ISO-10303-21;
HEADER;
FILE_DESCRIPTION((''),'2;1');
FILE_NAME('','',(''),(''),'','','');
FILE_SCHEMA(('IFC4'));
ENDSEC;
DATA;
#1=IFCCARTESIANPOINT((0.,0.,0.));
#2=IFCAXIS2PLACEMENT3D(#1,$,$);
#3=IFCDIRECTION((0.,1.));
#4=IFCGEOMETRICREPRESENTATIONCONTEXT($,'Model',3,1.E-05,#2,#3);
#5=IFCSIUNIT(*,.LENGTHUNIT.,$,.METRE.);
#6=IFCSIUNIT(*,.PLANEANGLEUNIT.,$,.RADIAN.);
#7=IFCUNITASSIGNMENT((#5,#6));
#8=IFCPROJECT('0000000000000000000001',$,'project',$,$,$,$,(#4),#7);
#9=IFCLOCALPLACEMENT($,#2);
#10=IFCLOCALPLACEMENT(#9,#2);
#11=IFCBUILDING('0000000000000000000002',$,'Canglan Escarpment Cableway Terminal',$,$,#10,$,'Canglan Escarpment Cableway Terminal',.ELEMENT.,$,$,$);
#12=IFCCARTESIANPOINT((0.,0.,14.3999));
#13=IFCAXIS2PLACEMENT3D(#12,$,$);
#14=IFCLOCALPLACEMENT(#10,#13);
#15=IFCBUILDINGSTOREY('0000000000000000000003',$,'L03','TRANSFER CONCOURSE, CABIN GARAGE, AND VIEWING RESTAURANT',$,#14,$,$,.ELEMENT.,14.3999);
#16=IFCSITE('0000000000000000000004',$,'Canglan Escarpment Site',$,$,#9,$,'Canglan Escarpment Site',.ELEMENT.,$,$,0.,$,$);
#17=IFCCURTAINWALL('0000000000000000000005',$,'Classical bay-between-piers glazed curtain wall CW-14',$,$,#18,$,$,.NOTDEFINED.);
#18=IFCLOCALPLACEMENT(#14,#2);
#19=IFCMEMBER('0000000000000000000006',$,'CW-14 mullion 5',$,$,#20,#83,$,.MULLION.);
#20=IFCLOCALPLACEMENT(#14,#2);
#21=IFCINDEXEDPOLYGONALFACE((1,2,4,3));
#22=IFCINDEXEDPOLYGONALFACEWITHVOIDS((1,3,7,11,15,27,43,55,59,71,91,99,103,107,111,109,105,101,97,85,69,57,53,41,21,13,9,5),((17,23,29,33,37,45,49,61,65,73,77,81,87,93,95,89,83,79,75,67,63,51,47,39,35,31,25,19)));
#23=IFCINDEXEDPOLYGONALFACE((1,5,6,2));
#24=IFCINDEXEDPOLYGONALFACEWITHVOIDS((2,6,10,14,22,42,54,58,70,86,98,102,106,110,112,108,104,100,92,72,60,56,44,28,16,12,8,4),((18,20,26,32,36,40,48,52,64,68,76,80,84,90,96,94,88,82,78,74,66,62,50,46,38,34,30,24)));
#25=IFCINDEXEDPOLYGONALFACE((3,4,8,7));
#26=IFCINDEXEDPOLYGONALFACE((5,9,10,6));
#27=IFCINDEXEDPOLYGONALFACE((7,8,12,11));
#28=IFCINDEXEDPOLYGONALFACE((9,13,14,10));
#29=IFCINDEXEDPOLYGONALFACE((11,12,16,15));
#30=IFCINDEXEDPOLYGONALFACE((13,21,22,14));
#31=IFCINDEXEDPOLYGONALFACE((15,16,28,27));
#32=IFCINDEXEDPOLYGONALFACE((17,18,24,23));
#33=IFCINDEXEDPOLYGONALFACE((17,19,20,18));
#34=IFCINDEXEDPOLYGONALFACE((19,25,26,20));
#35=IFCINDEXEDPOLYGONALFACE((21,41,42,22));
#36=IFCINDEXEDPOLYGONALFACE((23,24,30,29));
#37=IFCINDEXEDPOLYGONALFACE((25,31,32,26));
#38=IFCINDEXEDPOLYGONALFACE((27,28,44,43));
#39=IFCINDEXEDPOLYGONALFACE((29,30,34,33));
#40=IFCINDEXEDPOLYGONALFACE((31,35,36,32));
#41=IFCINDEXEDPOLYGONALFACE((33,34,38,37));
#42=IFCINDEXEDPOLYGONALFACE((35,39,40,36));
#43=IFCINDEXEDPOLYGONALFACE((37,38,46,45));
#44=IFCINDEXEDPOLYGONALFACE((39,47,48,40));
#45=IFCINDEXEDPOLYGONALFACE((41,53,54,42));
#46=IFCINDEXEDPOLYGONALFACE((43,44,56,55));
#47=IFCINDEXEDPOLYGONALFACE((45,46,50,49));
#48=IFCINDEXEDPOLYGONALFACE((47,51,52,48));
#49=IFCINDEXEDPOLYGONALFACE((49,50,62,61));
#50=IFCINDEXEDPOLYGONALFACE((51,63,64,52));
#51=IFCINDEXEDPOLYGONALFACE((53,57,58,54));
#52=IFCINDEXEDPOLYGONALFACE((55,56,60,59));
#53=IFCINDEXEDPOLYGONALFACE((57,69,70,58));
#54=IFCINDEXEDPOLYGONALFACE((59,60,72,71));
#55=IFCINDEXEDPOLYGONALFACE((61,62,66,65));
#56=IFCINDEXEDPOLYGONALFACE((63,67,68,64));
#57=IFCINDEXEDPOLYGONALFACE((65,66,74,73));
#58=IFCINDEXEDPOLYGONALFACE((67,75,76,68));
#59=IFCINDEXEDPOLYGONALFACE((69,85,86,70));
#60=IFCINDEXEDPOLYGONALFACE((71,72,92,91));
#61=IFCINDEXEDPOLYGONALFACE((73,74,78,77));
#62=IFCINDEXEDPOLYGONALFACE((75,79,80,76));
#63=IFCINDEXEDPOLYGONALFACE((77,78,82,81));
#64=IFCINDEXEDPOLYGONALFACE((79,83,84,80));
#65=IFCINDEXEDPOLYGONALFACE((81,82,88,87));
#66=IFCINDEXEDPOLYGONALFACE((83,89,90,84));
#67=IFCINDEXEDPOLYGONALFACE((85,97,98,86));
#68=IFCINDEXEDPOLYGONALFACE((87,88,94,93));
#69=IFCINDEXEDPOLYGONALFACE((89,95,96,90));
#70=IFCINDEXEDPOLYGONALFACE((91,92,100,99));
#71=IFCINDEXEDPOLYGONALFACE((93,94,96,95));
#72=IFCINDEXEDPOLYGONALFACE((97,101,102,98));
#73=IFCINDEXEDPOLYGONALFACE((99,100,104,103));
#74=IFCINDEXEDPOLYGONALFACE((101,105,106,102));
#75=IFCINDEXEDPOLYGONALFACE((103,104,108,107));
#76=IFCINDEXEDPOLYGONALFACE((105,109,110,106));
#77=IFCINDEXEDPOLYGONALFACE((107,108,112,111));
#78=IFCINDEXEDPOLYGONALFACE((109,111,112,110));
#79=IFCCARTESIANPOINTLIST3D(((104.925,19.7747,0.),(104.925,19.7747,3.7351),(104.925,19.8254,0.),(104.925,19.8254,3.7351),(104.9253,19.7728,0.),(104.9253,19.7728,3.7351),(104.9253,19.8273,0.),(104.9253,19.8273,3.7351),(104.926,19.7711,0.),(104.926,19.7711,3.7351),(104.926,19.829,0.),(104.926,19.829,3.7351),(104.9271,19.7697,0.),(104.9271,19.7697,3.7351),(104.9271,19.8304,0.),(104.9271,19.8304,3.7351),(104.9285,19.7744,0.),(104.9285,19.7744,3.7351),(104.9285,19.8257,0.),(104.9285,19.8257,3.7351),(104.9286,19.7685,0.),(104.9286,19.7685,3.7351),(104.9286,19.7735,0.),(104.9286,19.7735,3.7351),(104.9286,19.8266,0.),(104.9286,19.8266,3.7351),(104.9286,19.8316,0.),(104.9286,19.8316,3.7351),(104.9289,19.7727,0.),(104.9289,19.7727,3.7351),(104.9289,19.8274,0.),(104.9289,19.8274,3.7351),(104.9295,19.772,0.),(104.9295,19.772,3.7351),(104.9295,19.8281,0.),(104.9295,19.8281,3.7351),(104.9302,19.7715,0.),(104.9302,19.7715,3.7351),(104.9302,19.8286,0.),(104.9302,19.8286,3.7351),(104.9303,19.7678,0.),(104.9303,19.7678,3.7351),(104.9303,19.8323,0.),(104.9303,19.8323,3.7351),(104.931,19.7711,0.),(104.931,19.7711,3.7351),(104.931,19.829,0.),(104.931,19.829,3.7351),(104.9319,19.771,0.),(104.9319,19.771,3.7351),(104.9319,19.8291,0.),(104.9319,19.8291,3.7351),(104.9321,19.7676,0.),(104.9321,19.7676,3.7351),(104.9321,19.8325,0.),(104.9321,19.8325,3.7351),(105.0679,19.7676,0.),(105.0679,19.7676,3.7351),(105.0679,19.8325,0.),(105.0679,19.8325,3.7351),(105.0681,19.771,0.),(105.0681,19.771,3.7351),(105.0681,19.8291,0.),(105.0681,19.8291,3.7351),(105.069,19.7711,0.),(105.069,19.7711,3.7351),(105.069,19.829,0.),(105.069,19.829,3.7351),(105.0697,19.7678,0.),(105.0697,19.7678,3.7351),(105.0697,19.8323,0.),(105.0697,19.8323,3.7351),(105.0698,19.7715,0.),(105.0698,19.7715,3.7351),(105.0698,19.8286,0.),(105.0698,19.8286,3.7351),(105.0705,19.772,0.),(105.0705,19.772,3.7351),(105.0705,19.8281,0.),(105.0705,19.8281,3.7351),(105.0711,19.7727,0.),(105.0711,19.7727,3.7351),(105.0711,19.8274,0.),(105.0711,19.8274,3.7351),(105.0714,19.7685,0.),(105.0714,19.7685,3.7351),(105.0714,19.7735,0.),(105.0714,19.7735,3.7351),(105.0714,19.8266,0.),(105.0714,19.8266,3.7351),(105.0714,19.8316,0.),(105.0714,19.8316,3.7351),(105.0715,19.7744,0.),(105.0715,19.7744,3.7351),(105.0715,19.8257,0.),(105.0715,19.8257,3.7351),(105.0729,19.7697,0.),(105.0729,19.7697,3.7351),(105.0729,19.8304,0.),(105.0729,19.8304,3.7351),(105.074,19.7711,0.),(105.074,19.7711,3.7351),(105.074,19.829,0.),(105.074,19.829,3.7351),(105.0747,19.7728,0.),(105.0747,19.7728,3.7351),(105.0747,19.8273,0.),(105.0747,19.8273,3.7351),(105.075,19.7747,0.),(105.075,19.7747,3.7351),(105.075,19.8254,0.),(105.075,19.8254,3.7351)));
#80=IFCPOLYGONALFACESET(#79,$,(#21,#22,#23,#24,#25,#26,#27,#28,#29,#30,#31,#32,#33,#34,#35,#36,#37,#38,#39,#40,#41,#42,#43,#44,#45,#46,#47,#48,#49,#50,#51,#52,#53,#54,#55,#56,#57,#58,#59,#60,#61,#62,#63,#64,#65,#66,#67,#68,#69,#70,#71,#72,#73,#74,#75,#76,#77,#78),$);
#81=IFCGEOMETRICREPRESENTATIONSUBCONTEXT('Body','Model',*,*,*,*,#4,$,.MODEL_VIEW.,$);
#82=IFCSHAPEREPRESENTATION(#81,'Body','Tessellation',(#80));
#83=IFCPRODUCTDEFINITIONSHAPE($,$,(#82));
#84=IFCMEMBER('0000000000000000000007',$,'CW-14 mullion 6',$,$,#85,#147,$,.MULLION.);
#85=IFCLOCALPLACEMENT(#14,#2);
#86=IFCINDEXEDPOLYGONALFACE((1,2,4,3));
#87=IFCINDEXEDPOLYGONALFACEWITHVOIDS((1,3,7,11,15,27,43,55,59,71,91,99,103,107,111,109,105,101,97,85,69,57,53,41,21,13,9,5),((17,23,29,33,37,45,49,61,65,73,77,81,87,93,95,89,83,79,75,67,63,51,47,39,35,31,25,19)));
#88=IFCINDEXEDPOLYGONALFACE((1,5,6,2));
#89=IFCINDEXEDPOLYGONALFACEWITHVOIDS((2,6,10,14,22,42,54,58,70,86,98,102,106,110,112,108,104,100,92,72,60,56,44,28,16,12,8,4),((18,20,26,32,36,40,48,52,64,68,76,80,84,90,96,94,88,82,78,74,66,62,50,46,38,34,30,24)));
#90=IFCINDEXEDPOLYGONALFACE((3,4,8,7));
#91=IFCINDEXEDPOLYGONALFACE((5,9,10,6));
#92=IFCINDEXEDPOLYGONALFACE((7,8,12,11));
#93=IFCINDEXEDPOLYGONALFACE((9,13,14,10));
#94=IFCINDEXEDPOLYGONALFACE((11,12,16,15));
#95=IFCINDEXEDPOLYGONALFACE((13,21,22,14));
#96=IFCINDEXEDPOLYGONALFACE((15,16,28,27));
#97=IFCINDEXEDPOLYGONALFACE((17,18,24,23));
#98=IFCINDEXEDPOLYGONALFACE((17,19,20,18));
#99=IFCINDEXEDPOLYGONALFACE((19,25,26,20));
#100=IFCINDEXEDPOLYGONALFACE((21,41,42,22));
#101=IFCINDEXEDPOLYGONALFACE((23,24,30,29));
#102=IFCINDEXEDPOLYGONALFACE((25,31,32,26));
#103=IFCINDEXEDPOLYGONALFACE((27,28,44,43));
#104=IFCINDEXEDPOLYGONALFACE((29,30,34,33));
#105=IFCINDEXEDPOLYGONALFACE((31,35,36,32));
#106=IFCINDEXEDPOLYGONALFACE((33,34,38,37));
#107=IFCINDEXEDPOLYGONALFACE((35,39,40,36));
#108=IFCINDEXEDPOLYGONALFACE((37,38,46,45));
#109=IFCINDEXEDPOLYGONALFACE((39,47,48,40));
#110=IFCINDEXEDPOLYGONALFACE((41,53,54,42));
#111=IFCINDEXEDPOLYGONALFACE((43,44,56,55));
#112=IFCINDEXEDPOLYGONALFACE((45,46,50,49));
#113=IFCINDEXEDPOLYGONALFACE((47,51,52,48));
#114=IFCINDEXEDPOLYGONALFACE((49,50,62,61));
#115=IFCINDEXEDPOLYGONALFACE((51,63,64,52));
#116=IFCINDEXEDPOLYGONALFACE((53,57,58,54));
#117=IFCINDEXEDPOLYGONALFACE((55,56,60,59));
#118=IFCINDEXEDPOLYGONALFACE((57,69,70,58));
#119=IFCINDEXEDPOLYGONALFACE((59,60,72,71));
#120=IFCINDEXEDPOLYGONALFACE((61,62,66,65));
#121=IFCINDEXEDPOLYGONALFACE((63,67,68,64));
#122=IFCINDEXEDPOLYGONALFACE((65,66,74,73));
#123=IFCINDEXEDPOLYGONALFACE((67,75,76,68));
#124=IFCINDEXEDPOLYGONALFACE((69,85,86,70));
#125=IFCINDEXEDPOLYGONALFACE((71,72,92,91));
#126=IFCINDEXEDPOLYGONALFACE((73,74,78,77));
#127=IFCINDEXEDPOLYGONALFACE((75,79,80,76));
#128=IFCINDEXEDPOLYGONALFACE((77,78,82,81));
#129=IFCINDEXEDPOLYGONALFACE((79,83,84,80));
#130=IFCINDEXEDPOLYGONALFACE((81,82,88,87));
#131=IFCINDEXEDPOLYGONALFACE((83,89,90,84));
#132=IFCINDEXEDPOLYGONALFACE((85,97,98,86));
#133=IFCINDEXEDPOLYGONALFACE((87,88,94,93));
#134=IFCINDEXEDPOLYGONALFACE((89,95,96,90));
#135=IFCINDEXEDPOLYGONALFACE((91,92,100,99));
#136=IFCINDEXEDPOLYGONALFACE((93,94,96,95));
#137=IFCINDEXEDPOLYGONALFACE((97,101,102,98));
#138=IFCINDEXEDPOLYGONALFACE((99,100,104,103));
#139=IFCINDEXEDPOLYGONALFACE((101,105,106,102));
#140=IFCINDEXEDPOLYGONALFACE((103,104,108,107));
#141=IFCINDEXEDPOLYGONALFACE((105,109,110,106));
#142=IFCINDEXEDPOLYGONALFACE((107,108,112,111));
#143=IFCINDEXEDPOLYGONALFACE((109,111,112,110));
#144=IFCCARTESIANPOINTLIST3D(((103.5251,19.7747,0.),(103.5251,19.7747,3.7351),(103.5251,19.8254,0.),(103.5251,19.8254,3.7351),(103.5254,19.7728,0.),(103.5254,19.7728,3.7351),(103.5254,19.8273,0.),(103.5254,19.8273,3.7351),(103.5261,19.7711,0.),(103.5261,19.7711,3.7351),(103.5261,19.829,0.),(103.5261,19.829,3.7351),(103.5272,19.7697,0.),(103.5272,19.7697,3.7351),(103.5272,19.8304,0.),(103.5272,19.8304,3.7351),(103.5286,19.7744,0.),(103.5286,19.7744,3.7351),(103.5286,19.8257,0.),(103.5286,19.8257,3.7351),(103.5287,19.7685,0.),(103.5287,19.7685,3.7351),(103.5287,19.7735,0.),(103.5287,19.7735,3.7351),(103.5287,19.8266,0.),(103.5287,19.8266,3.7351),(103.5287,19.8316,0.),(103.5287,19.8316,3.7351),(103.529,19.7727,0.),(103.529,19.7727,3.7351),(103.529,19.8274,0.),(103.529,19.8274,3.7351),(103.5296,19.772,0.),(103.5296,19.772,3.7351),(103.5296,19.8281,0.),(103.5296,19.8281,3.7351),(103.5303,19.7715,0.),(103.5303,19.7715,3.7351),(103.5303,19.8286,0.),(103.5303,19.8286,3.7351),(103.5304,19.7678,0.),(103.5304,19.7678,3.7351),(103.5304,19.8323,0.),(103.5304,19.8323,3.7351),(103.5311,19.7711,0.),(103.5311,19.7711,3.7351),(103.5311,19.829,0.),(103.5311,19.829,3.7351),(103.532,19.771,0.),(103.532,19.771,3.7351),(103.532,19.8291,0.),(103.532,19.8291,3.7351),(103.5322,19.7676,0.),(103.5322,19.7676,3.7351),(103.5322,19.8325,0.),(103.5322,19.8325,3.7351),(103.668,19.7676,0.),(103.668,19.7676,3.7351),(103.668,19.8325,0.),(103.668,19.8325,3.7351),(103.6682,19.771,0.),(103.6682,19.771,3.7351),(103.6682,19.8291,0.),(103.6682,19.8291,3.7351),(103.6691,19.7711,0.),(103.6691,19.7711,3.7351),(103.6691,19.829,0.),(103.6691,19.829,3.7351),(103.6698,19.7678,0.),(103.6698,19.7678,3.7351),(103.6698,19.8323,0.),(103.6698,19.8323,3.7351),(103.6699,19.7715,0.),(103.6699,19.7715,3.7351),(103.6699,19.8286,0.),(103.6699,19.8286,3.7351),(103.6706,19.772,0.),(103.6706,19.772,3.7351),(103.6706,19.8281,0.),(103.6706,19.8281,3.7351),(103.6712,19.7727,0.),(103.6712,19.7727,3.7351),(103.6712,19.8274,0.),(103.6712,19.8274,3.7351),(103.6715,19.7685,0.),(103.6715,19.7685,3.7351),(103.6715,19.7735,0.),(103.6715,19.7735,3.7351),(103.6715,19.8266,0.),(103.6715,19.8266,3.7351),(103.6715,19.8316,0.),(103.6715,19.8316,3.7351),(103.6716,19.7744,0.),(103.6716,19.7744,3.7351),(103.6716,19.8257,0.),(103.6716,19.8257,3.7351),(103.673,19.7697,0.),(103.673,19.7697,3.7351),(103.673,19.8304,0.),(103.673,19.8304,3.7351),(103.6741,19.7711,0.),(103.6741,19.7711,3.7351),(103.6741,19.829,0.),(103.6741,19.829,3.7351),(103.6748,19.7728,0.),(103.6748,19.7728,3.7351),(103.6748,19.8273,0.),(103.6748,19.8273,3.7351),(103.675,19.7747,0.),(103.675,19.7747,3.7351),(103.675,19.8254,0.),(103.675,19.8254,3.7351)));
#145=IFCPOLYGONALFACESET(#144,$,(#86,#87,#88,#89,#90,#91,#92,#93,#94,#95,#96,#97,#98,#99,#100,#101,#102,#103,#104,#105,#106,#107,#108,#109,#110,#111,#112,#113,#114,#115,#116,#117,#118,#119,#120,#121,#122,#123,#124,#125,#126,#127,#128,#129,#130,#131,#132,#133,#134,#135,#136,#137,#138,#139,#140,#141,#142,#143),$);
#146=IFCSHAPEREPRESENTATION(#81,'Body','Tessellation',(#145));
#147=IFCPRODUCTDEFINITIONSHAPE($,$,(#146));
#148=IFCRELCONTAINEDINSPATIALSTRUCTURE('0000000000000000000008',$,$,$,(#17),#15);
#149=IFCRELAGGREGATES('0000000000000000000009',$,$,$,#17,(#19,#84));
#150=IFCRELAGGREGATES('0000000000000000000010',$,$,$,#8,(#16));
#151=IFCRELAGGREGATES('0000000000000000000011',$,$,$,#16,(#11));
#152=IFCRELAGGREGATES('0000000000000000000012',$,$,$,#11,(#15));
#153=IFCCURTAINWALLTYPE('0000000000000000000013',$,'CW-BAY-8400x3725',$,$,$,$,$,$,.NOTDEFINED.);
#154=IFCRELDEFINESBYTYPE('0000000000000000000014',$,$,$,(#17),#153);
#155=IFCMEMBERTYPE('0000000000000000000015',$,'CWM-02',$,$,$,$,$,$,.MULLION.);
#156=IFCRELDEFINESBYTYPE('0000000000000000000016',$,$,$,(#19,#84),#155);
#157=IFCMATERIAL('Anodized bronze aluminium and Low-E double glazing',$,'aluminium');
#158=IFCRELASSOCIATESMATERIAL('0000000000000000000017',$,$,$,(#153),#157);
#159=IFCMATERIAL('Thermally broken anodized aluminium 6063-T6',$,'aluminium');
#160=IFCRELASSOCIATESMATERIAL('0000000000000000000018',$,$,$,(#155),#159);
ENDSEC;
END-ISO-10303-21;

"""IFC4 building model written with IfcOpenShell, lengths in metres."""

from ifc_helpers import new_model, si_unit, direction, frame, origin, origin_2d, place, context, subcontext, project, spatial, hollow_rectangle, extrude, material, material_profile, profile_set, type_object, element, aggregate, save


model = new_model("IFC4")

# Units and contexts
model_context = context("Model", 3, precision=1e-05, world=origin(), true_north=direction((0.0, 1.0)))
body_context = subcontext(model_context, "Body", "Model", "MODEL_VIEW")
ifc_project = project(units=[si_unit("LENGTHUNIT", "METRE"), si_unit("PLANEANGLEUNIT", "RADIAN")], contexts=[model_context])

# Site, building, storey
site_placement = place(None, origin())
site = spatial("IfcSite", under=ifc_project, at=site_placement, Name="Canglan Escarpment Site", LongName="Canglan Escarpment Site", CompositionType="ELEMENT", RefElevation=0.0)
building_placement = place(site_placement, origin())
building = spatial("IfcBuilding", under=site, at=building_placement, Name="Canglan Escarpment Cableway Terminal", LongName="Canglan Escarpment Cableway Terminal", CompositionType="ELEMENT")
storey_placement = place(building_placement, frame((0.0, 0.0, 14.3999)))
storey = spatial("IfcBuildingStorey", under=building, at=storey_placement, Name="L03", Description="TRANSFER CONCOURSE, CABIN GARAGE, AND VIEWING RESTAURANT", CompositionType="ELEMENT", Elevation=14.3999)

# Curtain wall, members
ifc_material_1 = material(Name="Anodized bronze aluminium and Low-E double glazing", Category="aluminium")
curtain_wall_type = type_object("IfcCurtainWallType", Name="CW-BAY-8400x3725", PredefinedType="NOTDEFINED", material=ifc_material_1)
curtain_wall_1_placement = place(storey_placement, origin())
curtain_wall_1 = element("IfcCurtainWall", 1, at=curtain_wall_1_placement, inside=storey, type_object=curtain_wall_type, Name="Classical bay-between-piers glazed curtain wall CW-14", PredefinedType="NOTDEFINED")
ifc_material_2 = material(Name="Thermally broken anodized aluminium 6063-T6", Category="aluminium")
ifc_material_profile_1 = material_profile(ifc_material_2, hollow_rectangle(XDim=0.0649, YDim=0.1499, WallThickness=0.0034, InnerFilletRadius=0.0034, OuterFilletRadius=0.0071, at=origin_2d()), Name="ALU-MULL 65x150x3.5")
ifc_profile_set_1 = profile_set([ifc_material_profile_1], Name="Thermally broken anodized aluminium 6063-T6")
member_type_1 = type_object("IfcMemberType", Name="CWM-02", PredefinedType="MULLION", material=ifc_profile_set_1)
member_1_placement = place(storey_placement, frame((105.0, 19.8, 0.0), z_axis=(0.0, 0.0, 1.0), x_axis=(0.0, -1.0, 0.0)))
member_1 = element("IfcMember", 2, at=member_1_placement, type_object=member_type_1, Name="CW-14 mullion 5", PredefinedType="MULLION", context=body_context, shape_type="SweptSolid", body=[
    extrude(hollow_rectangle(XDim=0.0649, YDim=0.1499, WallThickness=0.0034, InnerFilletRadius=0.0034, OuterFilletRadius=0.0071, at=origin_2d()), origin(), (0.0, 0.0, 1.0), 3.7351),
])
member_2_placement = place(storey_placement, frame((103.6001, 19.8, 0.0), z_axis=(0.0, 0.0, 1.0), x_axis=(0.0, -1.0, 0.0)))
member_2 = element("IfcMember", 3, at=member_2_placement, type_object=member_type_1, Name="CW-14 mullion 6", PredefinedType="MULLION", context=body_context, shape_type="SweptSolid", body=[
    extrude(hollow_rectangle(XDim=0.0649, YDim=0.1499, WallThickness=0.0034, InnerFilletRadius=0.0034, OuterFilletRadius=0.0071, at=origin_2d()), origin(), (0.0, 0.0, 1.0), 3.7351),
])

aggregate(curtain_wall_1, [member_1, member_2])

save(model, "model.ifc")
